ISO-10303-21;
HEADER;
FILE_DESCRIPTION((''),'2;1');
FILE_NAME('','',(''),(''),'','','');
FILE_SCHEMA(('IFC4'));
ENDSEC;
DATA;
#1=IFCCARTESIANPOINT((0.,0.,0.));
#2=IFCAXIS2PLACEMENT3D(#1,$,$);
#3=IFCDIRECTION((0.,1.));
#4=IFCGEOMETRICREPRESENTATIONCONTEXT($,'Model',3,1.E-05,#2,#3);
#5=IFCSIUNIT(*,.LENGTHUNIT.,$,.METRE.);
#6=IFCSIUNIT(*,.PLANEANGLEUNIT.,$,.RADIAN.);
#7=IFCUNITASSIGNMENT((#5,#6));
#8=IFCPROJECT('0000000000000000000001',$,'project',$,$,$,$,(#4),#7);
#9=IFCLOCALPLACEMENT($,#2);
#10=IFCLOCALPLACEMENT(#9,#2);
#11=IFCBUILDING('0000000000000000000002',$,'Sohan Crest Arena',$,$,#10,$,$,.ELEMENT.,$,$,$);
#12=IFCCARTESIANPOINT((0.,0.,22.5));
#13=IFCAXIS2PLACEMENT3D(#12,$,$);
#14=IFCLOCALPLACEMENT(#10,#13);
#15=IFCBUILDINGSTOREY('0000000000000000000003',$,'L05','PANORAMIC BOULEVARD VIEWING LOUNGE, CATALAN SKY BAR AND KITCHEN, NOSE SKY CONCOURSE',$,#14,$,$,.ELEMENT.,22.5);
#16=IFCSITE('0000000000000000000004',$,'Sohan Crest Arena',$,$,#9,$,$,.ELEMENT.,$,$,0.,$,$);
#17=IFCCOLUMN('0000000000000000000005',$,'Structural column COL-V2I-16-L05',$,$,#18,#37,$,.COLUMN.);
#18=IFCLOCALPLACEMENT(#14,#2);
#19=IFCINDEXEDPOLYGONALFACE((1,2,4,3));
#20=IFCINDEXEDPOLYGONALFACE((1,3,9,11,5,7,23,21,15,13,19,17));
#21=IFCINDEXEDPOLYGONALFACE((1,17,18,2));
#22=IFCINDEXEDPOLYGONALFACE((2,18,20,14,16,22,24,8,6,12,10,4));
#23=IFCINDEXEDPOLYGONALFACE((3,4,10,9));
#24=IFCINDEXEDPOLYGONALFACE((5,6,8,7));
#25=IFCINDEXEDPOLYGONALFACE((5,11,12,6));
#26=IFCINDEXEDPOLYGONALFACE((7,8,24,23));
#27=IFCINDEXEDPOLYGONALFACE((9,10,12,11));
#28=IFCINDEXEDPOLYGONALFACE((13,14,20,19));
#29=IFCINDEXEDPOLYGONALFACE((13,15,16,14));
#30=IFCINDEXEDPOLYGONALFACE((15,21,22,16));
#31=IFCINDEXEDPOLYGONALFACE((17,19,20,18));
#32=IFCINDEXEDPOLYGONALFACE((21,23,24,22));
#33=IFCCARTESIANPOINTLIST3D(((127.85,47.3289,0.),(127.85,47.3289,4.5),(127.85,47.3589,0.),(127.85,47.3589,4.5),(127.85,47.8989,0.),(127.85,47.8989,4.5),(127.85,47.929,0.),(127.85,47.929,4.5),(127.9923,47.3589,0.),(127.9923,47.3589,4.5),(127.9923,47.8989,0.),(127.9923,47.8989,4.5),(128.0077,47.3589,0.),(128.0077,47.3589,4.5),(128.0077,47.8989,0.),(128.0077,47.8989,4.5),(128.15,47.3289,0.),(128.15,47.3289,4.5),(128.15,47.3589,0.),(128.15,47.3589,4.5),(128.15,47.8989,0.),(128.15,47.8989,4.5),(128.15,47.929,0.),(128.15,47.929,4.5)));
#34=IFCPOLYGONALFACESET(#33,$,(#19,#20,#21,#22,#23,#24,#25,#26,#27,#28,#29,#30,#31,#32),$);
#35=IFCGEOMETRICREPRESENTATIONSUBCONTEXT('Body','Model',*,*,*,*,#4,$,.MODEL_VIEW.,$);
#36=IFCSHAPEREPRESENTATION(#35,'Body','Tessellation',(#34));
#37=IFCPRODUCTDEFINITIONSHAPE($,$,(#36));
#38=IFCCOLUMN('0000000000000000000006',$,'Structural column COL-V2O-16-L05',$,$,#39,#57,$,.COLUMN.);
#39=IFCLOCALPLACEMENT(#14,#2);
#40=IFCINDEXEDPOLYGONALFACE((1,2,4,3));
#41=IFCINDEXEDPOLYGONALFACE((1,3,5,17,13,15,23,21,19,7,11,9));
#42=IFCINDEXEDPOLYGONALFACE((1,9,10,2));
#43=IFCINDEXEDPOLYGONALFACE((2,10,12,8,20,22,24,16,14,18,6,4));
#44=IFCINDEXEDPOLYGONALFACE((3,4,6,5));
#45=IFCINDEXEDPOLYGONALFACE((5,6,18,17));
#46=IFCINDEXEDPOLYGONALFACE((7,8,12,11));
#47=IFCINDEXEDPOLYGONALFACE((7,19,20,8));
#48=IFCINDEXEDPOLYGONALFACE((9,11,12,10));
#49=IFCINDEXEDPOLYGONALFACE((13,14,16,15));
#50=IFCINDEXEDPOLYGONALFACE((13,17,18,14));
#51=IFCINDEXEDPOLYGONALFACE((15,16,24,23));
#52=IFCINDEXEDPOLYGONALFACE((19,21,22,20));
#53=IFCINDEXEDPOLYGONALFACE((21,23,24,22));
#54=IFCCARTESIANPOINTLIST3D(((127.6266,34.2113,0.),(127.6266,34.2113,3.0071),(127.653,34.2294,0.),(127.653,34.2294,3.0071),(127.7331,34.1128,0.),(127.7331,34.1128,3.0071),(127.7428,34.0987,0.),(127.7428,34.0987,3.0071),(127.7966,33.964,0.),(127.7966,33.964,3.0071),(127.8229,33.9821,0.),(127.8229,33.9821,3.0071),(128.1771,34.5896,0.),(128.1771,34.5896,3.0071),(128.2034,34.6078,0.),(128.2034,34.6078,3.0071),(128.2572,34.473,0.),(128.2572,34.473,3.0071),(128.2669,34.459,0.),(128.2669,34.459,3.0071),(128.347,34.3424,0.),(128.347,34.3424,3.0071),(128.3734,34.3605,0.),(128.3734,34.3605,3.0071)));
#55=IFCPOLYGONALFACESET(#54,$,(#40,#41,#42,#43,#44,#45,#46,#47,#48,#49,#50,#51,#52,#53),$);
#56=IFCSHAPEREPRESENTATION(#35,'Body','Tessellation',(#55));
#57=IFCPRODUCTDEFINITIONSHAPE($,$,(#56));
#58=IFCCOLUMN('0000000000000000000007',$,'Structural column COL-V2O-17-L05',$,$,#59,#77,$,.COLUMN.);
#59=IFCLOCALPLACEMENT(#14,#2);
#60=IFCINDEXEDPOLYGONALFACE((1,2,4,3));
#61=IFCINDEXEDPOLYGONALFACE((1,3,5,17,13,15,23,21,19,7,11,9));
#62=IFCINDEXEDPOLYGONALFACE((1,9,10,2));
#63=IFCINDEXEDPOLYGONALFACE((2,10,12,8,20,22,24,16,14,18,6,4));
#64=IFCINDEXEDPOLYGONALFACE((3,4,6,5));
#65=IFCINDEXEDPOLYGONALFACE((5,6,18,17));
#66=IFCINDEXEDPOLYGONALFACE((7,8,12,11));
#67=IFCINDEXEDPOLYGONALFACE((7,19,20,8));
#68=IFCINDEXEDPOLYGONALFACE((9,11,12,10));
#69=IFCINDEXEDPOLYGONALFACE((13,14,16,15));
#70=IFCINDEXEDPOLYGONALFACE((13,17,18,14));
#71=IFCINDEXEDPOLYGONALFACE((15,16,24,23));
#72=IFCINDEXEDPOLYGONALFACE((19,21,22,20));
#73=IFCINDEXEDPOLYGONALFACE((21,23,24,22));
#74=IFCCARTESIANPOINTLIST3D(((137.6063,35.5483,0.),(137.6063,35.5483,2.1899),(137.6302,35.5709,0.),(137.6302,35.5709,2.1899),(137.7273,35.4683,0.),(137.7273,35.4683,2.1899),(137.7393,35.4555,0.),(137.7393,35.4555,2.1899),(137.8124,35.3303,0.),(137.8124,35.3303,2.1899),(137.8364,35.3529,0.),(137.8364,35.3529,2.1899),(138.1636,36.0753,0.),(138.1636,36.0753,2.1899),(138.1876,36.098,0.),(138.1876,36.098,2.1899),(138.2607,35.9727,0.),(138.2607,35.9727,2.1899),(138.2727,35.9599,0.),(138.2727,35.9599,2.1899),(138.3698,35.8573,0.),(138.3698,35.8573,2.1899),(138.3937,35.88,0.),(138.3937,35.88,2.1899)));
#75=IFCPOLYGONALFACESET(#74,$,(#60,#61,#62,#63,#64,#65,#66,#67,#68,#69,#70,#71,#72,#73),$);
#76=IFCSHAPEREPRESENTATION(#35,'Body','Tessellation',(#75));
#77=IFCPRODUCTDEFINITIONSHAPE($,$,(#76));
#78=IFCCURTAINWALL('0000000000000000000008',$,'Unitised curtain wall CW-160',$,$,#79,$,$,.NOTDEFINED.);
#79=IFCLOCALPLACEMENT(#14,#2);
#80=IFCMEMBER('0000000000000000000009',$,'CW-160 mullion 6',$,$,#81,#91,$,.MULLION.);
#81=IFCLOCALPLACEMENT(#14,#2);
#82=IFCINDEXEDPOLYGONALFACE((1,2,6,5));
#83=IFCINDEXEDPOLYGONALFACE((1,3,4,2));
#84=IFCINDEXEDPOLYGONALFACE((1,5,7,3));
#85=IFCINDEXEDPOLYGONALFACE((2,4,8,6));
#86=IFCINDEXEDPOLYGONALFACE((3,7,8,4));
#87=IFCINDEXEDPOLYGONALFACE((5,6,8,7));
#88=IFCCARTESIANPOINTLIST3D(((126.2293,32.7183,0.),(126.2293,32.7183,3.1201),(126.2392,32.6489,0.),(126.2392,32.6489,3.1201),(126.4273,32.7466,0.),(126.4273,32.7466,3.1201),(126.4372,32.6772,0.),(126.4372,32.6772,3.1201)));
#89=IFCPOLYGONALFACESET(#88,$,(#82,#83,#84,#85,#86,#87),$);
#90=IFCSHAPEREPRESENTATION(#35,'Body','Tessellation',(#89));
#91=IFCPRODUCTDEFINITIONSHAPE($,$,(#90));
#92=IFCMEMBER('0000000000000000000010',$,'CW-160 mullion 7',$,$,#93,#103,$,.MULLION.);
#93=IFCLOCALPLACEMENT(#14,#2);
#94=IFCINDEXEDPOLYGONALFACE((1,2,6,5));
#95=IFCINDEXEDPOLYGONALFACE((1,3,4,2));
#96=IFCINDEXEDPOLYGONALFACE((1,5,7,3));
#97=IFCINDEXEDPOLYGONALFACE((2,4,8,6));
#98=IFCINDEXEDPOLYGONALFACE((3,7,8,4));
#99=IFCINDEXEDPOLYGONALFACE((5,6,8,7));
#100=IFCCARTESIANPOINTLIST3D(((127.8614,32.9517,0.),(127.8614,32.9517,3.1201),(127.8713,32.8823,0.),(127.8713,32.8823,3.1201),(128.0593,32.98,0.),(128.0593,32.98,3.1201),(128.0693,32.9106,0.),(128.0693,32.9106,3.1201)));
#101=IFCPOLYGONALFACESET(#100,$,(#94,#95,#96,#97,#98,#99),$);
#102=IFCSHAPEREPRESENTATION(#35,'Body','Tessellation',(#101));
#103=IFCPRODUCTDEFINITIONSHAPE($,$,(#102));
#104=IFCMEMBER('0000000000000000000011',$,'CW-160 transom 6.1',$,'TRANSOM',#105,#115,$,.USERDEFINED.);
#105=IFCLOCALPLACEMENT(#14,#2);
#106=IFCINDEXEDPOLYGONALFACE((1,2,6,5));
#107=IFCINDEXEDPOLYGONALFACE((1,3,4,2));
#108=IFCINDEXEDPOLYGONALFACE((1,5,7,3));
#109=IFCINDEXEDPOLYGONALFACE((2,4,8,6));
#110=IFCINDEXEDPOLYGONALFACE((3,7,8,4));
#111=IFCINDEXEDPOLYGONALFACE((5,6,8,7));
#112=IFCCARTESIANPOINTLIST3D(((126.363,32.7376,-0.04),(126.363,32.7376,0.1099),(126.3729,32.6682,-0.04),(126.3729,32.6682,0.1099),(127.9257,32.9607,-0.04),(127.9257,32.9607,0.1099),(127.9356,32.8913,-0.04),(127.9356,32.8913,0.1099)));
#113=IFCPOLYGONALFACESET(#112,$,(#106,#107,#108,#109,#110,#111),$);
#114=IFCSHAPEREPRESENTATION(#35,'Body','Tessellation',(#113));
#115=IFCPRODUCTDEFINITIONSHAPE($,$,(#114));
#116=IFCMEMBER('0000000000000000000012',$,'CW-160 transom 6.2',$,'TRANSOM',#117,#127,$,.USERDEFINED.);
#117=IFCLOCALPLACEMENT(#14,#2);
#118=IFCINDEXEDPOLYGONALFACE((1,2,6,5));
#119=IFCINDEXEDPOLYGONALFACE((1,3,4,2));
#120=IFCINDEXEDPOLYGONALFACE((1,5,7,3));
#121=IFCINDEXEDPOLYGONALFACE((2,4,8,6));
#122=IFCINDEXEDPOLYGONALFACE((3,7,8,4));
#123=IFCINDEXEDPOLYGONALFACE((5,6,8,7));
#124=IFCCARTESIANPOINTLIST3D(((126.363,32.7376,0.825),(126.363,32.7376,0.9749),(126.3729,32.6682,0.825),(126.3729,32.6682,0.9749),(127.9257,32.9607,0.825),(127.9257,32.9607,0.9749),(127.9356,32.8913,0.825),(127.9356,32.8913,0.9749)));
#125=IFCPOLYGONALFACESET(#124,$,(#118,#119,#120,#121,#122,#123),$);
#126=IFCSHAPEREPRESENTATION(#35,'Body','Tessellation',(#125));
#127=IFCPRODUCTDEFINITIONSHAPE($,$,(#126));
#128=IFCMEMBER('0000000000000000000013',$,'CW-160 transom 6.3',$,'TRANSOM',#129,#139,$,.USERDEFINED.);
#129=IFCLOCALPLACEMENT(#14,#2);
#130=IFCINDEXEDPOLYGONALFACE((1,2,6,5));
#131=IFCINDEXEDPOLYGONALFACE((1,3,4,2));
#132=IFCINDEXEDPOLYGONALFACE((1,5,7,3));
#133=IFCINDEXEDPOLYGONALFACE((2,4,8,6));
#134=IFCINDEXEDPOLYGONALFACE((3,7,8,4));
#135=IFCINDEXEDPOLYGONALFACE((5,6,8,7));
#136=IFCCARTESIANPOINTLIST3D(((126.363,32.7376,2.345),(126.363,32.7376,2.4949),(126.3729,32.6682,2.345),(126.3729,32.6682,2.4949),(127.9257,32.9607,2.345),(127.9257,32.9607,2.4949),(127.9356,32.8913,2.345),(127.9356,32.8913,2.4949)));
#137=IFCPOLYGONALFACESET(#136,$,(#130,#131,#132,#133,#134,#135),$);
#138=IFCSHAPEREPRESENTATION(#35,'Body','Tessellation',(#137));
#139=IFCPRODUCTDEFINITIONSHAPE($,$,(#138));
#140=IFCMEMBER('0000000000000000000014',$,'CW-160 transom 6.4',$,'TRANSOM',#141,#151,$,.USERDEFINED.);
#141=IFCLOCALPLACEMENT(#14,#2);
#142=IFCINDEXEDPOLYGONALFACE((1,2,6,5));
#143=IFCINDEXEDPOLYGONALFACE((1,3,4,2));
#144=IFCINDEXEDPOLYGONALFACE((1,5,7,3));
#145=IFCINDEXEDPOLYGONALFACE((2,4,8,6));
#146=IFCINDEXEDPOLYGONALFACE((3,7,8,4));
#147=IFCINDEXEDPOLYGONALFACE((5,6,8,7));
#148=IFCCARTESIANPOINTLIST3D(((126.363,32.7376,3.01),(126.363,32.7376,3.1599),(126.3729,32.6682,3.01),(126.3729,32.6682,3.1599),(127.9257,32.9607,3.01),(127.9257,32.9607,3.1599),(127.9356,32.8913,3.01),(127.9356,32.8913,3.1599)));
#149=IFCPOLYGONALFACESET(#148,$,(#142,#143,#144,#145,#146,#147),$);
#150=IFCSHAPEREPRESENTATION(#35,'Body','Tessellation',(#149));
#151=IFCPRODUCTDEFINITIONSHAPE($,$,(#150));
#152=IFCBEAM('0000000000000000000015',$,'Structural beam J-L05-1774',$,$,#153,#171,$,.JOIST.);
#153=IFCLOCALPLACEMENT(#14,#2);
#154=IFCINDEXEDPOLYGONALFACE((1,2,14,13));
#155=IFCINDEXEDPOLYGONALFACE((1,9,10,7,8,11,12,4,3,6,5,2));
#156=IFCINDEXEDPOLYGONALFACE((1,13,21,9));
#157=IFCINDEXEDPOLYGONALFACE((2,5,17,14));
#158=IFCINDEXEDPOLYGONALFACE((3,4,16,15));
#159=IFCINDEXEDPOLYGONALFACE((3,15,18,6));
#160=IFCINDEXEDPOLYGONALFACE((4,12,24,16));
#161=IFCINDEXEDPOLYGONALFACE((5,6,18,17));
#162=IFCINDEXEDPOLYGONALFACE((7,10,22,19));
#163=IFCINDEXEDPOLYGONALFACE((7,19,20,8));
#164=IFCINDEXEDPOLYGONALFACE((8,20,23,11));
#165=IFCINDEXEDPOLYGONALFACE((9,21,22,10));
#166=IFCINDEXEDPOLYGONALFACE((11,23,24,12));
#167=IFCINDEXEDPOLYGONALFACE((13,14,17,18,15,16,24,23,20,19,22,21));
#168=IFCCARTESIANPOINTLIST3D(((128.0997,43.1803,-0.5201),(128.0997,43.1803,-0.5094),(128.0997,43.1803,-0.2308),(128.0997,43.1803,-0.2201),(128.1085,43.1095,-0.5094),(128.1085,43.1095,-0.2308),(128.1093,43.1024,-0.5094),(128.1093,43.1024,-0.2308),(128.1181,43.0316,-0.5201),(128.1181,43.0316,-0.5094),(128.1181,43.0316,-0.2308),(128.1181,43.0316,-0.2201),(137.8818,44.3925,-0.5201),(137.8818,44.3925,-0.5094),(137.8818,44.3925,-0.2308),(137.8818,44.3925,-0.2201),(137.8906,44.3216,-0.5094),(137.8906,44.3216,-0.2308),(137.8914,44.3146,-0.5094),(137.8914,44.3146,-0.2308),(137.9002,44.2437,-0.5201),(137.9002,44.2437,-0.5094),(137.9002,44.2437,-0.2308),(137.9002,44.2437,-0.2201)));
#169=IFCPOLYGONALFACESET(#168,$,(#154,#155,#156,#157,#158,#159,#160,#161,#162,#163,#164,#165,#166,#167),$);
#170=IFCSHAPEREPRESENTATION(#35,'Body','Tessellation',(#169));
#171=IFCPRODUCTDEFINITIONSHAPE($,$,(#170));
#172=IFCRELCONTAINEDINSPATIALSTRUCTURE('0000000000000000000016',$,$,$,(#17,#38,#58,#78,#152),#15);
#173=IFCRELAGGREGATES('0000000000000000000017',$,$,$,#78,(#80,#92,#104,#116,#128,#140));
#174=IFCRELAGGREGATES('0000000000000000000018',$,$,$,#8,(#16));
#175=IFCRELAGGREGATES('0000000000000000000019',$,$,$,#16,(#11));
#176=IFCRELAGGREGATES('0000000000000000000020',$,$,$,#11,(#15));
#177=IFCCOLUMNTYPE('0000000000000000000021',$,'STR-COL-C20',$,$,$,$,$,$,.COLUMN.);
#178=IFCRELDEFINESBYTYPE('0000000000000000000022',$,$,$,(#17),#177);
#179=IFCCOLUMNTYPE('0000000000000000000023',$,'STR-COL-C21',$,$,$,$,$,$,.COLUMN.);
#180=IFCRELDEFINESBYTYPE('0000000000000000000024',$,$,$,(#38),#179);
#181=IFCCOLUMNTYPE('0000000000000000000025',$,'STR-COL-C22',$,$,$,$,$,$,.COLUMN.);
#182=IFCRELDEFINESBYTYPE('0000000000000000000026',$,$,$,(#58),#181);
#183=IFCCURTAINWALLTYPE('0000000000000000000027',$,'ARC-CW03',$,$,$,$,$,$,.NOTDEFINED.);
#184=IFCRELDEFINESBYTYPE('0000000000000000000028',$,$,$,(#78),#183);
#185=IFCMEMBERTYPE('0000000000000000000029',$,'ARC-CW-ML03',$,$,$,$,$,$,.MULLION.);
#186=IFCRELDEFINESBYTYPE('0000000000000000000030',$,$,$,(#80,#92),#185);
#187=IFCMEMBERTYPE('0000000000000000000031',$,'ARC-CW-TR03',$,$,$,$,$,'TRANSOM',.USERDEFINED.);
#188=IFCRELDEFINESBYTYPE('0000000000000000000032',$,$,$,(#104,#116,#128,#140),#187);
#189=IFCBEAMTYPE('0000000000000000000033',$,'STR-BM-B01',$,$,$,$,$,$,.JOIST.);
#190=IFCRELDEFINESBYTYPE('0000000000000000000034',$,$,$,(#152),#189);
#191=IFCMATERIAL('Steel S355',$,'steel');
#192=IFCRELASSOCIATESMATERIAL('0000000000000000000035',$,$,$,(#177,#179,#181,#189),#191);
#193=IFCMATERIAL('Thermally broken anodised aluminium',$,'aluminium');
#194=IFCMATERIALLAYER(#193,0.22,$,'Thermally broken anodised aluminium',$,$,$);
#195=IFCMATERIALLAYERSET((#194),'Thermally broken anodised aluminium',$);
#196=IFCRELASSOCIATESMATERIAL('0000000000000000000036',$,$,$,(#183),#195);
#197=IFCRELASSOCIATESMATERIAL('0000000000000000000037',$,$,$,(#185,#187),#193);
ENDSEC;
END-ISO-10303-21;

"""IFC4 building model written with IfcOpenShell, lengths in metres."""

from ifc_helpers import new_model, si_unit, direction, frame, origin, origin_2d, place, context, subcontext, project, spatial, rectangle, i_section, extrude, material, layer, layer_set, material_profile, profile_set, type_object, element, aggregate, save


model = new_model("IFC4")

# Units and contexts
model_context = context("Model", 3, precision=1e-05, world=origin(), true_north=direction((0.0, 1.0)))
body_context = subcontext(model_context, "Body", "Model", "MODEL_VIEW")
ifc_project = project(units=[si_unit("LENGTHUNIT", "METRE"), si_unit("PLANEANGLEUNIT", "RADIAN")], contexts=[model_context])

# Site, building, storey
site_placement = place(None, origin())
site = spatial("IfcSite", under=ifc_project, at=site_placement, Name="Sohan Crest Arena", CompositionType="ELEMENT", RefElevation=0.0)
building_placement = place(site_placement, origin())
building = spatial("IfcBuilding", under=site, at=building_placement, Name="Sohan Crest Arena", CompositionType="ELEMENT")
storey_placement = place(building_placement, frame((0.0, 0.0, 22.5)))
storey = spatial("IfcBuildingStorey", under=building, at=storey_placement, Name="L05", Description="PANORAMIC BOULEVARD VIEWING LOUNGE, CATALAN SKY BAR AND KITCHEN, NOSE SKY CONCOURSE", CompositionType="ELEMENT", Elevation=22.5)

# Columns
ifc_material_1 = material(Name="Steel S355", Category="steel")
ifc_material_profile_1 = material_profile(ifc_material_1, i_section(OverallWidth=0.3, OverallDepth=0.6001, WebThickness=0.0154, FlangeThickness=0.03, at=origin_2d()), Name="HEB 600")
ifc_profile_set_1 = profile_set([ifc_material_profile_1], Name="Steel S355")
column_type_1 = type_object("IfcColumnType", Name="STR-COL-C20", PredefinedType="COLUMN", material=ifc_profile_set_1)
column_1_placement = place(storey_placement, frame((128.0, 47.6289, 0.0), z_axis=(0.0, 0.0, 1.0), x_axis=(1.0, 0.0, 0.0)))
element("IfcColumn", 1, at=column_1_placement, inside=storey, type_object=column_type_1, Name="Structural column COL-V2I-16-L05", PredefinedType="COLUMN", context=body_context, shape_type="SweptSolid", body=[
    extrude(i_section(OverallWidth=0.3, OverallDepth=0.6001, WebThickness=0.0154, FlangeThickness=0.03, at=origin_2d()), origin(), (0.0, 0.0, 1.0), 4.5),
])
ifc_material_profile_2 = material_profile(ifc_material_1, i_section(OverallWidth=0.3, OverallDepth=0.7, WebThickness=0.0171, FlangeThickness=0.032, at=origin_2d()), Name="HEB 700")
ifc_profile_set_2 = profile_set([ifc_material_profile_2], Name="Steel S355")
column_type_2 = type_object("IfcColumnType", Name="STR-COL-C21", PredefinedType="COLUMN", material=ifc_profile_set_2)
column_2_placement = place(storey_placement, frame((128.0, 34.2859, 0.0), z_axis=(0.0, 0.0, 1.0), x_axis=(-0.566406, 0.824126, 0.0)))
element("IfcColumn", 2, at=column_2_placement, inside=storey, type_object=column_type_2, Name="Structural column COL-V2O-16-L05", PredefinedType="COLUMN", context=body_context, shape_type="SweptSolid", body=[
    extrude(i_section(OverallWidth=0.3, OverallDepth=0.7, WebThickness=0.0171, FlangeThickness=0.032, at=origin_2d()), origin(), (0.0, 0.0, 1.0), 3.0071),
])
ifc_material_profile_3 = material_profile(ifc_material_1, i_section(OverallWidth=0.3, OverallDepth=0.8, WebThickness=0.0176, FlangeThickness=0.033, at=origin_2d()), Name="HEB 800")
ifc_profile_set_3 = profile_set([ifc_material_profile_3], Name="Steel S355")
column_type_3 = type_object("IfcColumnType", Name="STR-COL-C22", PredefinedType="COLUMN", material=ifc_profile_set_3)
column_3_placement = place(storey_placement, frame((138.0, 35.7141, 0.0), z_axis=(0.0, 0.0, 1.0), x_axis=(-0.687088, 0.726575, 0.0)))
element("IfcColumn", 3, at=column_3_placement, inside=storey, type_object=column_type_3, Name="Structural column COL-V2O-17-L05", PredefinedType="COLUMN", context=body_context, shape_type="SweptSolid", body=[
    extrude(i_section(OverallWidth=0.3, OverallDepth=0.8, WebThickness=0.0176, FlangeThickness=0.033, at=origin_2d()), origin(), (0.0, 0.0, 1.0), 2.1899),
])

# Curtain wall, members
ifc_material_2 = material(Name="Thermally broken anodised aluminium", Category="aluminium")
ifc_layer_1 = layer(ifc_material_2, 0.22, Name="Thermally broken anodised aluminium")
ifc_layer_set_1 = layer_set([ifc_layer_1], Name="Thermally broken anodised aluminium")
curtain_wall_type = type_object("IfcCurtainWallType", Name="ARC-CW03", PredefinedType="NOTDEFINED", material=ifc_layer_set_1)
curtain_wall_placement = place(storey_placement, origin())
curtain_wall = element("IfcCurtainWall", 4, at=curtain_wall_placement, inside=storey, type_object=curtain_wall_type, Name="Unitised curtain wall CW-160", PredefinedType="NOTDEFINED")
ifc_material_profile_4 = material_profile(ifc_material_2, rectangle(XDim=0.0701, YDim=0.2, at=origin_2d()), Name="ALU-MULL 70x200")
ifc_profile_set_4 = profile_set([ifc_material_profile_4], Name="Thermally broken anodised aluminium")
member_type_1 = type_object("IfcMemberType", Name="ARC-CW-ML03", PredefinedType="MULLION", material=ifc_profile_set_4)
member_1_placement = place(storey_placement, frame((126.3333, 32.6978, 0.0), z_axis=(0.0, 0.0, 1.0), x_axis=(-0.141463, 0.989944, 0.0)))
member_1 = element("IfcMember", 5, at=member_1_placement, type_object=member_type_1, Name="CW-160 mullion 6", PredefinedType="MULLION", context=body_context, shape_type="SweptSolid", body=[
    extrude(rectangle(XDim=0.0701, YDim=0.2, at=origin_2d()), origin(), (0.0, 0.0, 1.0), 3.1201),
])
member_2_placement = place(storey_placement, frame((127.9653, 32.9312, 0.0), z_axis=(0.0, 0.0, 1.0), x_axis=(-0.141463, 0.989944, 0.0)))
member_2 = element("IfcMember", 6, at=member_2_placement, type_object=member_type_1, Name="CW-160 mullion 7", PredefinedType="MULLION", context=body_context, shape_type="SweptSolid", body=[
    extrude(rectangle(XDim=0.0701, YDim=0.2, at=origin_2d()), origin(), (0.0, 0.0, 1.0), 3.1201),
])
ifc_material_profile_5 = material_profile(ifc_material_2, rectangle(XDim=0.0701, YDim=0.1499, at=origin_2d()), Name="ALU-TRAN 70x150")
ifc_profile_set_5 = profile_set([ifc_material_profile_5], Name="Thermally broken anodised aluminium")
member_type_2 = type_object("IfcMemberType", Name="ARC-CW-TR03", ElementType="TRANSOM", PredefinedType="USERDEFINED", material=ifc_profile_set_5)
member_3_placement = place(storey_placement, frame((126.3679, 32.7029, 0.0349), z_axis=(0.989959, 0.141356, 0.0), x_axis=(-0.141356, 0.989959, 0.0)))
member_3 = element("IfcMember", 7, at=member_3_placement, type_object=member_type_2, Name="CW-160 transom 6.1", ObjectType="TRANSOM", PredefinedType="USERDEFINED", context=body_context, shape_type="SweptSolid", body=[
    extrude(rectangle(XDim=0.0701, YDim=0.1499, at=origin_2d()), origin(), (0.0, 0.0, 1.0), 1.5786),
])
member_4_placement = place(storey_placement, frame((126.3679, 32.7029, 0.8999), z_axis=(0.989959, 0.141356, 0.0), x_axis=(-0.141356, 0.989959, 0.0)))
member_4 = element("IfcMember", 8, at=member_4_placement, type_object=member_type_2, Name="CW-160 transom 6.2", ObjectType="TRANSOM", PredefinedType="USERDEFINED", context=body_context, shape_type="SweptSolid", body=[
    extrude(rectangle(XDim=0.0701, YDim=0.1499, at=origin_2d()), origin(), (0.0, 0.0, 1.0), 1.5786),
])
member_5_placement = place(storey_placement, frame((126.3679, 32.7029, 2.4199), z_axis=(0.989959, 0.141356, 0.0), x_axis=(-0.141356, 0.989959, 0.0)))
member_5 = element("IfcMember", 9, at=member_5_placement, type_object=member_type_2, Name="CW-160 transom 6.3", ObjectType="TRANSOM", PredefinedType="USERDEFINED", context=body_context, shape_type="SweptSolid", body=[
    extrude(rectangle(XDim=0.0701, YDim=0.1499, at=origin_2d()), origin(), (0.0, 0.0, 1.0), 1.5786),
])
member_6_placement = place(storey_placement, frame((126.3679, 32.7029, 3.085), z_axis=(0.989959, 0.141356, 0.0), x_axis=(-0.141356, 0.989959, 0.0)))
member_6 = element("IfcMember", 10, at=member_6_placement, type_object=member_type_2, Name="CW-160 transom 6.4", ObjectType="TRANSOM", PredefinedType="USERDEFINED", context=body_context, shape_type="SweptSolid", body=[
    extrude(rectangle(XDim=0.0701, YDim=0.1499, at=origin_2d()), origin(), (0.0, 0.0, 1.0), 1.5786),
])

# Beam
ifc_material_profile_6 = material_profile(ifc_material_1, i_section(OverallWidth=0.1499, OverallDepth=0.3, WebThickness=0.0071, FlangeThickness=0.0107, at=origin_2d()), Name="IPE 300")
ifc_profile_set_6 = profile_set([ifc_material_profile_6], Name="Steel S355")
beam_type_1 = type_object("IfcBeamType", Name="STR-BM-B01", PredefinedType="JOIST", material=ifc_profile_set_6)
beam_1_placement = place(storey_placement, frame((128.1089, 43.106, -0.3701), z_axis=(0.99241, 0.122974, 0.0), x_axis=(-0.122974, 0.99241, 0.0)))
element("IfcBeam", 11, at=beam_1_placement, inside=storey, type_object=beam_type_1, Name="Structural beam J-L05-1774", PredefinedType="JOIST", context=body_context, shape_type="SweptSolid", body=[
    extrude(i_section(OverallWidth=0.1499, OverallDepth=0.3, WebThickness=0.0071, FlangeThickness=0.0107, at=origin_2d()), origin(), (0.0, 0.0, 1.0), 9.8569),
])

aggregate(curtain_wall, [member_1, member_2, member_3, member_4, member_5, member_6])

save(model, "model.ifc")
